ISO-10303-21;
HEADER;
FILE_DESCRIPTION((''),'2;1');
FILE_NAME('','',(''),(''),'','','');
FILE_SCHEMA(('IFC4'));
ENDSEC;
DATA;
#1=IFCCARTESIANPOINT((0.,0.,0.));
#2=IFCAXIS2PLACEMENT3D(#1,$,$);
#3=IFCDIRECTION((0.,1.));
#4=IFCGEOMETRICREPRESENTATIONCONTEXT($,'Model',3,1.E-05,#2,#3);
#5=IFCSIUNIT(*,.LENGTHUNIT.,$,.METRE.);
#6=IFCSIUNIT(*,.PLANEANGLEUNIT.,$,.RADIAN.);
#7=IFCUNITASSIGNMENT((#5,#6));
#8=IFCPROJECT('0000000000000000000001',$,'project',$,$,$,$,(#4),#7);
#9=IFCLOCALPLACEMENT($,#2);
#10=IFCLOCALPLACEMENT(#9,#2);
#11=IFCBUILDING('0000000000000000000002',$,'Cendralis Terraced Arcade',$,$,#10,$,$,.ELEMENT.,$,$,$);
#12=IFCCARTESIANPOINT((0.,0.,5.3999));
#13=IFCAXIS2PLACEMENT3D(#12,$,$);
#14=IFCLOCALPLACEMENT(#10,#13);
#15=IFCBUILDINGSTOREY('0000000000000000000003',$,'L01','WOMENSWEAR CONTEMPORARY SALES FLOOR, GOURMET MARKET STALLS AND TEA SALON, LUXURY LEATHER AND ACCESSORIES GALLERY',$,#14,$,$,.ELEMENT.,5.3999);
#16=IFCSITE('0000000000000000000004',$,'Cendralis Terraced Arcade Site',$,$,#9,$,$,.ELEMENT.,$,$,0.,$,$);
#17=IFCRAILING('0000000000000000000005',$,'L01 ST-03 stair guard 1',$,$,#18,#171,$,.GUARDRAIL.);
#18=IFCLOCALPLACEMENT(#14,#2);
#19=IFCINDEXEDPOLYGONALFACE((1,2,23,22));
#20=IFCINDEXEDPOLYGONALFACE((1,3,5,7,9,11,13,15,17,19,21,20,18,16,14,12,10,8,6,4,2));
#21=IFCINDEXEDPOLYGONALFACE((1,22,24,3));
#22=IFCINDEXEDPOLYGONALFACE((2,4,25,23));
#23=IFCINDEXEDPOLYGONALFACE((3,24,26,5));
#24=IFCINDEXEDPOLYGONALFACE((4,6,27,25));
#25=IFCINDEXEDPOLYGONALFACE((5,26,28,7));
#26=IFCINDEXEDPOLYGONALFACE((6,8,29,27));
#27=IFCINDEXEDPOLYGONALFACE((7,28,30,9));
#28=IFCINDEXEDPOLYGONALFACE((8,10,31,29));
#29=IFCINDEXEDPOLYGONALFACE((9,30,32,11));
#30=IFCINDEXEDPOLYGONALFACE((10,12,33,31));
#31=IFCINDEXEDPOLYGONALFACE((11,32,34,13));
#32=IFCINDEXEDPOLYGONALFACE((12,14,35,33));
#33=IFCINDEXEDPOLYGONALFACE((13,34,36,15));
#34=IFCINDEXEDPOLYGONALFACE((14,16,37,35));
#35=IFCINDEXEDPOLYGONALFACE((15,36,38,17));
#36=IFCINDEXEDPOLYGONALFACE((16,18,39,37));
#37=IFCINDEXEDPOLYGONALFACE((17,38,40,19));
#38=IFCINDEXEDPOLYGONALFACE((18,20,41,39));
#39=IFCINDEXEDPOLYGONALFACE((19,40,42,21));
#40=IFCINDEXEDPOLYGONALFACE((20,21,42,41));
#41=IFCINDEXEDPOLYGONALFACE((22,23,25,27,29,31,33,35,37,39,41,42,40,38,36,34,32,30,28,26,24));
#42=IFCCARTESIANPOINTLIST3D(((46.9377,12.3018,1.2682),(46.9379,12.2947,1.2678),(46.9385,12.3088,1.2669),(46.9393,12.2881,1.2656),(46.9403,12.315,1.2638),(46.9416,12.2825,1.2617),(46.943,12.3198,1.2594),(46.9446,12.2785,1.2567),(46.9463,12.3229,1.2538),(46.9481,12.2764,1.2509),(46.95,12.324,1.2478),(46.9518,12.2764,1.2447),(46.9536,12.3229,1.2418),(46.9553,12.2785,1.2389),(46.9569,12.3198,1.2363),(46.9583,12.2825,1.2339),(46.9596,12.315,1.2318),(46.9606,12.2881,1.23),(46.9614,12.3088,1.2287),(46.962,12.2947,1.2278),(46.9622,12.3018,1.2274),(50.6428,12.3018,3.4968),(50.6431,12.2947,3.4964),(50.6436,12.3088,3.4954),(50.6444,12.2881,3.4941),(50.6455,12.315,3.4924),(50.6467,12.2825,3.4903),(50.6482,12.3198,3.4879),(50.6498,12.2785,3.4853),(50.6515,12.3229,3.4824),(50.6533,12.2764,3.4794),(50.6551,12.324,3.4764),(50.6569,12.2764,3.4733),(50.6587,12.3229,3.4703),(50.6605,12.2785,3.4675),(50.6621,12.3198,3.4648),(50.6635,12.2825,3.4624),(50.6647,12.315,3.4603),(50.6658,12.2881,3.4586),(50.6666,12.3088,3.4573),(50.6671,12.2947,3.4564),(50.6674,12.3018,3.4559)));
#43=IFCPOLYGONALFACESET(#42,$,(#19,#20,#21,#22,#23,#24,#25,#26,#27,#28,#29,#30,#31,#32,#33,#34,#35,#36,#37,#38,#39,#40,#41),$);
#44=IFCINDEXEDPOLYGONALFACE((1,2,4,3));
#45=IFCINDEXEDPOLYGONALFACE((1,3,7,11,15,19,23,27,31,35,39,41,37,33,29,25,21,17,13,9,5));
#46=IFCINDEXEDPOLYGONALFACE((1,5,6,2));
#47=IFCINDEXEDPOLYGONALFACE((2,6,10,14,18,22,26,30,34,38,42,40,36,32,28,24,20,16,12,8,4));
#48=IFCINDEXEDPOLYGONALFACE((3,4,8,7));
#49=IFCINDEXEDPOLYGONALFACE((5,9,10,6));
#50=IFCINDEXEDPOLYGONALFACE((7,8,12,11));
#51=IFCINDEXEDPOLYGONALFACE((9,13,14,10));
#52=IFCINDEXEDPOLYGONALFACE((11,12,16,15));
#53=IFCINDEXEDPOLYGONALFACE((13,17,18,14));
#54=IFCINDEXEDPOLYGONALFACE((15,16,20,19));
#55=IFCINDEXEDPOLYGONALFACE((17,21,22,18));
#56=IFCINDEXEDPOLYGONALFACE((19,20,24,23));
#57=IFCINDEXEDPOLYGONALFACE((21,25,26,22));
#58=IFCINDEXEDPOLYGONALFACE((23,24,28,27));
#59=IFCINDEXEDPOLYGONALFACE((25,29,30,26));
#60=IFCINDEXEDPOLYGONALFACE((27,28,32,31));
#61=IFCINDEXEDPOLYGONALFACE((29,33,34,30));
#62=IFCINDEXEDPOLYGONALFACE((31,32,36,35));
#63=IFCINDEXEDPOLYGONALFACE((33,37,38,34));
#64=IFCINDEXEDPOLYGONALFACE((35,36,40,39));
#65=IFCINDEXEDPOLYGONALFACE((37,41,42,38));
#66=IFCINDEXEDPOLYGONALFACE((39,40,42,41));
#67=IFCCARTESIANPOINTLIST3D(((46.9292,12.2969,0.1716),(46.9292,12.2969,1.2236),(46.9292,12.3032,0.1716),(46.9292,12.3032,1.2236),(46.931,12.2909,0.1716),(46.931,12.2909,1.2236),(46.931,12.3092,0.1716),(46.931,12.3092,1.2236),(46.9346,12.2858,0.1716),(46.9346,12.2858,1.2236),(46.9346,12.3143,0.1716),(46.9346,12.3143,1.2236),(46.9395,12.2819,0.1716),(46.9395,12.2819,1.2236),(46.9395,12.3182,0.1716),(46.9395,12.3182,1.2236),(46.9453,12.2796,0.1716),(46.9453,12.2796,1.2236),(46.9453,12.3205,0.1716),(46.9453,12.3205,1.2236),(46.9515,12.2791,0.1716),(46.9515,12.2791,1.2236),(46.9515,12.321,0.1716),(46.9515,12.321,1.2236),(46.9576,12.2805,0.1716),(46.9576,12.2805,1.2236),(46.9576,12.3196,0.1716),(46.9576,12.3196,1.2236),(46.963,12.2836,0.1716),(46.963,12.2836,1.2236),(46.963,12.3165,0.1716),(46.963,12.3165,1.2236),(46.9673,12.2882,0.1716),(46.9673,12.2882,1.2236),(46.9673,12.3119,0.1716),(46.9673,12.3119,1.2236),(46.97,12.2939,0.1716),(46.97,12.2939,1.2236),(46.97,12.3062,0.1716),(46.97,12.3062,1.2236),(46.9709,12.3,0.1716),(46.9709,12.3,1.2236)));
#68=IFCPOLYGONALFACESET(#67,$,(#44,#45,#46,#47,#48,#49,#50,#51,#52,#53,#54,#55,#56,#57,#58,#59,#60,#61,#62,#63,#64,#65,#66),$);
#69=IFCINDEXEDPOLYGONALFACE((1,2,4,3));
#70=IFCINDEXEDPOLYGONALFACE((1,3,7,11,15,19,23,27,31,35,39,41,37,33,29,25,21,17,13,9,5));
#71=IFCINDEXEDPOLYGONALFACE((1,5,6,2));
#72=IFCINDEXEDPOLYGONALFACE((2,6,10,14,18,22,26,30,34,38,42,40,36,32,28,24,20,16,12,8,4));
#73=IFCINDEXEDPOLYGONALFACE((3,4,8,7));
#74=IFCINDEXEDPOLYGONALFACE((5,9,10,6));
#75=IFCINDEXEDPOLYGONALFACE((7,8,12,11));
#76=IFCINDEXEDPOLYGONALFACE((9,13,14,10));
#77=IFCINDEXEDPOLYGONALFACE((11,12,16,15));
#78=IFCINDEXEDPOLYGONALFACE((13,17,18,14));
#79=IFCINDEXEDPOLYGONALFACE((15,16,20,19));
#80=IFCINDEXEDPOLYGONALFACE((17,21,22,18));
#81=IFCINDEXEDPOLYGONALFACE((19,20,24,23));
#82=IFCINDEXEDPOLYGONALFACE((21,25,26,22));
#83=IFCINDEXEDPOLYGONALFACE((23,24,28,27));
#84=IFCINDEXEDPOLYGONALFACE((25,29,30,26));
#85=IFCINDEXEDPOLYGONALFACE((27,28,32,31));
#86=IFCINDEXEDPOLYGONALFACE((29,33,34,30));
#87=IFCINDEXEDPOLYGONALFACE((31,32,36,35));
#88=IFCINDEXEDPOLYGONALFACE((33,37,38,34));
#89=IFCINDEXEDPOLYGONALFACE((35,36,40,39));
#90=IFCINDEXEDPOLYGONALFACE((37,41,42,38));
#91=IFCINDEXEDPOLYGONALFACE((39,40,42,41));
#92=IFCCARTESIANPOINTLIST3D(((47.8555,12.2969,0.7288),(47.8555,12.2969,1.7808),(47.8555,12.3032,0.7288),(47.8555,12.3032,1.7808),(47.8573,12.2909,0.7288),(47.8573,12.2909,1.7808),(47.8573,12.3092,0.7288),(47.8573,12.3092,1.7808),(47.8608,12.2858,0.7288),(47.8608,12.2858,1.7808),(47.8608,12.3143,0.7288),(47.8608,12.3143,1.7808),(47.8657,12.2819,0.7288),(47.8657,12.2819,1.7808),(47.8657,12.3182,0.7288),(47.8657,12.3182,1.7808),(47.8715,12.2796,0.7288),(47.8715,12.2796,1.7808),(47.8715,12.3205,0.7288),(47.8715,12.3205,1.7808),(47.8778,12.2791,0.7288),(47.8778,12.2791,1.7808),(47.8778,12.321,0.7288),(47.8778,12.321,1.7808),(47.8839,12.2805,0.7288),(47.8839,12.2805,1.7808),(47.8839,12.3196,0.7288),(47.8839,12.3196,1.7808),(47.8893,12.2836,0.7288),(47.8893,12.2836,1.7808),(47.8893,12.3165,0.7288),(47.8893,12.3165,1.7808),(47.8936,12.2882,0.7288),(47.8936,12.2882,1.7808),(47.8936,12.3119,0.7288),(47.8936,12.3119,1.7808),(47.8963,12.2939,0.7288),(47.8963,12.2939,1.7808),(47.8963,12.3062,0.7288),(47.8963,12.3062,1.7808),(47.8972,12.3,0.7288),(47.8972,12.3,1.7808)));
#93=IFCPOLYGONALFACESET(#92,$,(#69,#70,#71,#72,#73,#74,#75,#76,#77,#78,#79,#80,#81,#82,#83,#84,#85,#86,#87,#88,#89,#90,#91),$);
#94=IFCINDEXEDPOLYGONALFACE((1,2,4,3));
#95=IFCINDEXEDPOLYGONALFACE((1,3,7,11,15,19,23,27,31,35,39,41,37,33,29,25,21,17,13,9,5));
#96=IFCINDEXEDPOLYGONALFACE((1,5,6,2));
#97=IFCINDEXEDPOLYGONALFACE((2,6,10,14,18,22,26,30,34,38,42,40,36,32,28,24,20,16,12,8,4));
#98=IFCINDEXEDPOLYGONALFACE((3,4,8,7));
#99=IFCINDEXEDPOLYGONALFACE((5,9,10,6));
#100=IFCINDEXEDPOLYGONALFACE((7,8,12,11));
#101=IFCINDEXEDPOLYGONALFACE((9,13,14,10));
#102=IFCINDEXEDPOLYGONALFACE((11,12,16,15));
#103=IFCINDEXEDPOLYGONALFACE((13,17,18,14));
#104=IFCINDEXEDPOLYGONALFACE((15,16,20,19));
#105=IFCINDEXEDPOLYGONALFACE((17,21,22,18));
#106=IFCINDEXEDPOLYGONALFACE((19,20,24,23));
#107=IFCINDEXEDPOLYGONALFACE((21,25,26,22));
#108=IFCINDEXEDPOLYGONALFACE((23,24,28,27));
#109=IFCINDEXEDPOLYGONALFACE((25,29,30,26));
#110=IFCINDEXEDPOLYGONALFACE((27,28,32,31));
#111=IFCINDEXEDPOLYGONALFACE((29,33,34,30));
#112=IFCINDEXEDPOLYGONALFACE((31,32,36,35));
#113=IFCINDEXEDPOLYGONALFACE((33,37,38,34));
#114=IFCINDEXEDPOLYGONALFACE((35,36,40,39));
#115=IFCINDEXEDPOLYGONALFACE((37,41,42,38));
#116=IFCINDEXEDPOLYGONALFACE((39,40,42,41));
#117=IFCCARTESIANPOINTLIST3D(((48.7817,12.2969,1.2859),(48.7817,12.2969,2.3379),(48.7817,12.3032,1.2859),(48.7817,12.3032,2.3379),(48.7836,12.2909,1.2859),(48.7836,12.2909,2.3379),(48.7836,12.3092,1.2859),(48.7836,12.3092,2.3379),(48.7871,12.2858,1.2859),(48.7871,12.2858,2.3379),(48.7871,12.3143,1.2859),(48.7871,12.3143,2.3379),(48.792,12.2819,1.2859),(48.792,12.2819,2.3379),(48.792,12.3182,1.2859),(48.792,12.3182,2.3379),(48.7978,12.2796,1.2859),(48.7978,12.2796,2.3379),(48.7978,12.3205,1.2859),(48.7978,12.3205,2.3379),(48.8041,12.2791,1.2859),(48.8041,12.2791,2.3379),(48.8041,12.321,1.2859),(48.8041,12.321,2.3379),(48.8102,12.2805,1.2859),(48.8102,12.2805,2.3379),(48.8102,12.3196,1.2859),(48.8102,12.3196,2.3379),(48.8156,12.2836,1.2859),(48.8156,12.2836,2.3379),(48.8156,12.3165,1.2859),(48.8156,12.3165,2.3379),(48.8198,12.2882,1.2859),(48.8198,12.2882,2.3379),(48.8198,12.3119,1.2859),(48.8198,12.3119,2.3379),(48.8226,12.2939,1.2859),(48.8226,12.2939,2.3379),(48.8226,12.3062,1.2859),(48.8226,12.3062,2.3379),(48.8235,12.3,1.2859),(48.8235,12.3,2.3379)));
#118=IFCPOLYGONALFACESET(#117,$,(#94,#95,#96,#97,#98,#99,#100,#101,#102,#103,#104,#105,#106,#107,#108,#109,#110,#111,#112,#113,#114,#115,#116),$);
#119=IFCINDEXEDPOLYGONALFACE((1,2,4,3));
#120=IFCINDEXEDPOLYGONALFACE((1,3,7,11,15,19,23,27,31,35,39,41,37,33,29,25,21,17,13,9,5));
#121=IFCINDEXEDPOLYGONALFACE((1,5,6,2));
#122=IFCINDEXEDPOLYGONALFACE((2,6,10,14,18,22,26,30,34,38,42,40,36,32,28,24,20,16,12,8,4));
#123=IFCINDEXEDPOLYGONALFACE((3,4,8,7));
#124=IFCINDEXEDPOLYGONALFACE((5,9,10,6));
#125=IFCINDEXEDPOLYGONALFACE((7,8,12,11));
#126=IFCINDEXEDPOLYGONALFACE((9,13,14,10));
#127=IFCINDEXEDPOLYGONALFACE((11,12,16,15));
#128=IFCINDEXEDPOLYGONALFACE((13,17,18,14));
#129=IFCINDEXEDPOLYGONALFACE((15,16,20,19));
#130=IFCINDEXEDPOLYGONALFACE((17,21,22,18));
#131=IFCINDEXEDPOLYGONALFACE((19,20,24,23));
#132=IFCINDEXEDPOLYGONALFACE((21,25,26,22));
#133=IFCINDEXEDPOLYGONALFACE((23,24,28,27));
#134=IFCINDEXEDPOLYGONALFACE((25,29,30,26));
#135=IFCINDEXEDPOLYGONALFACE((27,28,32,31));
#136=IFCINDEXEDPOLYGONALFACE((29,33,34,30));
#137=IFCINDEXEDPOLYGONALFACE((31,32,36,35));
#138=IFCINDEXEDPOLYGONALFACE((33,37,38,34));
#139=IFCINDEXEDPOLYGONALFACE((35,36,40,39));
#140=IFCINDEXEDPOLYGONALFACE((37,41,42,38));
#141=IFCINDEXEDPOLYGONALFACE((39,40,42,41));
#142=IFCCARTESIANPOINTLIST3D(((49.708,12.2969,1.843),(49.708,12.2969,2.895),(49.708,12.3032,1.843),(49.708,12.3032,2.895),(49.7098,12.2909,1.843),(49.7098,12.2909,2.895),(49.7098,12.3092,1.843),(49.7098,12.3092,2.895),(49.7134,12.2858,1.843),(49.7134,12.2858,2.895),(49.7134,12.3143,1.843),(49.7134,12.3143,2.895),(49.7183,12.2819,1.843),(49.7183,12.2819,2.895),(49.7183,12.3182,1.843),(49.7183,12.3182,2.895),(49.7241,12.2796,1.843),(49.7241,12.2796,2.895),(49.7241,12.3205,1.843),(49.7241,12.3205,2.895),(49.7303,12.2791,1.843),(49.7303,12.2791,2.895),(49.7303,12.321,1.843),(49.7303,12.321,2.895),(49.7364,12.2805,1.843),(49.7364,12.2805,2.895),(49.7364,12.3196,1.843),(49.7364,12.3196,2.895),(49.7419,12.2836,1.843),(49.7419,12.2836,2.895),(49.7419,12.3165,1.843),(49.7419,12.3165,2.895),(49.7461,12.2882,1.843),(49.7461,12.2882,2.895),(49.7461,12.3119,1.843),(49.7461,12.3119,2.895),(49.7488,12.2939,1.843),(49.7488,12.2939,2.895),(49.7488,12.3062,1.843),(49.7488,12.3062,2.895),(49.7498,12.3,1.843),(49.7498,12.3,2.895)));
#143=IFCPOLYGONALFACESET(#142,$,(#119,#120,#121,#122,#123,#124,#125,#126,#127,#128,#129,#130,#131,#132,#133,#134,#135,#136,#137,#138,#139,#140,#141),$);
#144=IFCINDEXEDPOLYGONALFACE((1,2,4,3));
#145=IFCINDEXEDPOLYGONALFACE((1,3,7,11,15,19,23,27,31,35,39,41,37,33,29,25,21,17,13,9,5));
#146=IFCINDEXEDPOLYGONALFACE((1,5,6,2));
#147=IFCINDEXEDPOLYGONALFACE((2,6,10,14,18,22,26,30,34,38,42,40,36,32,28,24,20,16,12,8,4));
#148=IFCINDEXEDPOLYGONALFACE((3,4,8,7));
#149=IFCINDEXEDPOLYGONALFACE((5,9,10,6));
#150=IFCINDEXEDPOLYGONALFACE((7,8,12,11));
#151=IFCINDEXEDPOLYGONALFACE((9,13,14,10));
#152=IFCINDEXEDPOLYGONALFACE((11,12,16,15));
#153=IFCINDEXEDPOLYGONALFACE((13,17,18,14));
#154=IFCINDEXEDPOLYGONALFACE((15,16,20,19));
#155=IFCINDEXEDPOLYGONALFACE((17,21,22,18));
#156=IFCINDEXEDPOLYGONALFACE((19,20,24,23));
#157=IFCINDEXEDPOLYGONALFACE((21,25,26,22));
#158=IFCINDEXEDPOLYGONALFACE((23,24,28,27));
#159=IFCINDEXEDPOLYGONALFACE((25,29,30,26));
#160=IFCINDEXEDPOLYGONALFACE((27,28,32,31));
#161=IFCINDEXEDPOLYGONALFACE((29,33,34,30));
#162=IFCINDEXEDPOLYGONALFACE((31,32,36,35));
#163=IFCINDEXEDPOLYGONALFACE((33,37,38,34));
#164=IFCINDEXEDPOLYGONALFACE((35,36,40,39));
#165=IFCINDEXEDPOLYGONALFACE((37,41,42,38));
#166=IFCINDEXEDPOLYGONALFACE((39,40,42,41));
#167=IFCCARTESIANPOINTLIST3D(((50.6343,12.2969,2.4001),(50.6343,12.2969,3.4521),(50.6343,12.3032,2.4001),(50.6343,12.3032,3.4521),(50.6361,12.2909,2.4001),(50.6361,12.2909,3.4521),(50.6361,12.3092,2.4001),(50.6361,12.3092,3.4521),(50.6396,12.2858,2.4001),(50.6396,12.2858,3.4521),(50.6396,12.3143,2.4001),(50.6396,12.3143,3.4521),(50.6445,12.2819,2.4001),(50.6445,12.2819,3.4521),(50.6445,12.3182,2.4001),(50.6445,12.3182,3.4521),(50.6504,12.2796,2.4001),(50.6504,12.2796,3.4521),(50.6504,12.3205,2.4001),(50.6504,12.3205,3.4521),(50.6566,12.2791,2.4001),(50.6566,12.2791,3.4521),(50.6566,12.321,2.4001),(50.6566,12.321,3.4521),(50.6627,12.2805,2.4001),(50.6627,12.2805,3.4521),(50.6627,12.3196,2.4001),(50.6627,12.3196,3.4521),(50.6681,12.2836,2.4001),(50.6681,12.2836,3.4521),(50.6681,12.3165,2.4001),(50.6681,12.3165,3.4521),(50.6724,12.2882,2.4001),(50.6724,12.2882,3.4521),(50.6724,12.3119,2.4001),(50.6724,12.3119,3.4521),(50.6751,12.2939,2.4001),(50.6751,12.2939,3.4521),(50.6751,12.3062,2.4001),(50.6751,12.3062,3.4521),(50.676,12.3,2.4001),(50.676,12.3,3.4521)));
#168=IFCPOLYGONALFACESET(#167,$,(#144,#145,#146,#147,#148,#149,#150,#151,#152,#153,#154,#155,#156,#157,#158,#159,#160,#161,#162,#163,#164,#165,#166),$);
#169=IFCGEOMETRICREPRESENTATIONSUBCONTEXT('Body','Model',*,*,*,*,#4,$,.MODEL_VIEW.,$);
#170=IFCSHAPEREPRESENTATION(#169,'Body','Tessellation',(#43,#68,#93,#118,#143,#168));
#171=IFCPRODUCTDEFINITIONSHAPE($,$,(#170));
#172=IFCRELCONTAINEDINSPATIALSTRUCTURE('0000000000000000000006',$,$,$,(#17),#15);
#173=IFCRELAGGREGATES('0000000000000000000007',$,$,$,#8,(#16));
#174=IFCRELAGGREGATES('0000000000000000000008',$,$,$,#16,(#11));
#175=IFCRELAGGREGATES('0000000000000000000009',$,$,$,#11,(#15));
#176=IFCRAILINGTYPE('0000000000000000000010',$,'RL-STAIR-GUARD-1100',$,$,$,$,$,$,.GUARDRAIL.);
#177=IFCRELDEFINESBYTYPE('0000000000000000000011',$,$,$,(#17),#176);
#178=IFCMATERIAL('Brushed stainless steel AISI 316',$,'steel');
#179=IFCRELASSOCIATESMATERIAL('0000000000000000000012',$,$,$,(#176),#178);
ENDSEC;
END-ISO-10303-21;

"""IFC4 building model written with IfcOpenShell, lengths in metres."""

from ifc_helpers import new_model, si_unit, direction, frame, origin, origin_2d, place, context, subcontext, project, spatial, circle, extrude, material, type_object, element, save


model = new_model("IFC4")

# Units and contexts
model_context = context("Model", 3, precision=1e-05, world=origin(), true_north=direction((0.0, 1.0)))
body_context = subcontext(model_context, "Body", "Model", "MODEL_VIEW")
ifc_project = project(units=[si_unit("LENGTHUNIT", "METRE"), si_unit("PLANEANGLEUNIT", "RADIAN")], contexts=[model_context])

# Site, building, storey
site_placement = place(None, origin())
site = spatial("IfcSite", under=ifc_project, at=site_placement, Name="Cendralis Terraced Arcade Site", CompositionType="ELEMENT", RefElevation=0.0)
building_placement = place(site_placement, origin())
building = spatial("IfcBuilding", under=site, at=building_placement, Name="Cendralis Terraced Arcade", CompositionType="ELEMENT")
storey_placement = place(building_placement, frame((0.0, 0.0, 5.3999)))
storey = spatial("IfcBuildingStorey", under=building, at=storey_placement, Name="L01", Description="WOMENSWEAR CONTEMPORARY SALES FLOOR, GOURMET MARKET STALLS AND TEA SALON, LUXURY LEATHER AND ACCESSORIES GALLERY", CompositionType="ELEMENT", Elevation=5.3999)

# Railing
ifc_material_1 = material(Name="Brushed stainless steel AISI 316", Category="steel")
railing_type_1 = type_object("IfcRailingType", Name="RL-STAIR-GUARD-1100", PredefinedType="GUARDRAIL", material=ifc_material_1)
railing_1_placement = place(storey_placement, frame((46.95, 12.3, 0.1716)))
element("IfcRailing", 1, at=railing_1_placement, inside=storey, type_object=railing_type_1, Name="L01 ST-03 stair guard 1", PredefinedType="GUARDRAIL", context=body_context, shape_type="SweptSolid", body=[
    extrude(circle(Radius=0.0239, at=origin_2d()), frame((0.0, 0.0, 1.0762), z_axis=(0.856934, 0.0, 0.515425), x_axis=(0.0, 1.0, 0.0)), (0.0, 0.0, 1.0), 4.3237),
    extrude(circle(Radius=0.021, at=origin_2d()), origin(), (0.0, 0.0, 1.0), 1.052),
    extrude(circle(Radius=0.021, at=origin_2d()), frame((0.9263, 0.0, 0.5571)), (0.0, 0.0, 1.0), 1.052),
    extrude(circle(Radius=0.021, at=origin_2d()), frame((1.8525, 0.0, 1.1143)), (0.0, 0.0, 1.0), 1.052),
    extrude(circle(Radius=0.021, at=origin_2d()), frame((2.7788, 0.0, 1.6714)), (0.0, 0.0, 1.0), 1.052),
    extrude(circle(Radius=0.021, at=origin_2d()), frame((3.7051, 0.0, 2.2285)), (0.0, 0.0, 1.0), 1.052),
])

save(model, "model.ifc")
